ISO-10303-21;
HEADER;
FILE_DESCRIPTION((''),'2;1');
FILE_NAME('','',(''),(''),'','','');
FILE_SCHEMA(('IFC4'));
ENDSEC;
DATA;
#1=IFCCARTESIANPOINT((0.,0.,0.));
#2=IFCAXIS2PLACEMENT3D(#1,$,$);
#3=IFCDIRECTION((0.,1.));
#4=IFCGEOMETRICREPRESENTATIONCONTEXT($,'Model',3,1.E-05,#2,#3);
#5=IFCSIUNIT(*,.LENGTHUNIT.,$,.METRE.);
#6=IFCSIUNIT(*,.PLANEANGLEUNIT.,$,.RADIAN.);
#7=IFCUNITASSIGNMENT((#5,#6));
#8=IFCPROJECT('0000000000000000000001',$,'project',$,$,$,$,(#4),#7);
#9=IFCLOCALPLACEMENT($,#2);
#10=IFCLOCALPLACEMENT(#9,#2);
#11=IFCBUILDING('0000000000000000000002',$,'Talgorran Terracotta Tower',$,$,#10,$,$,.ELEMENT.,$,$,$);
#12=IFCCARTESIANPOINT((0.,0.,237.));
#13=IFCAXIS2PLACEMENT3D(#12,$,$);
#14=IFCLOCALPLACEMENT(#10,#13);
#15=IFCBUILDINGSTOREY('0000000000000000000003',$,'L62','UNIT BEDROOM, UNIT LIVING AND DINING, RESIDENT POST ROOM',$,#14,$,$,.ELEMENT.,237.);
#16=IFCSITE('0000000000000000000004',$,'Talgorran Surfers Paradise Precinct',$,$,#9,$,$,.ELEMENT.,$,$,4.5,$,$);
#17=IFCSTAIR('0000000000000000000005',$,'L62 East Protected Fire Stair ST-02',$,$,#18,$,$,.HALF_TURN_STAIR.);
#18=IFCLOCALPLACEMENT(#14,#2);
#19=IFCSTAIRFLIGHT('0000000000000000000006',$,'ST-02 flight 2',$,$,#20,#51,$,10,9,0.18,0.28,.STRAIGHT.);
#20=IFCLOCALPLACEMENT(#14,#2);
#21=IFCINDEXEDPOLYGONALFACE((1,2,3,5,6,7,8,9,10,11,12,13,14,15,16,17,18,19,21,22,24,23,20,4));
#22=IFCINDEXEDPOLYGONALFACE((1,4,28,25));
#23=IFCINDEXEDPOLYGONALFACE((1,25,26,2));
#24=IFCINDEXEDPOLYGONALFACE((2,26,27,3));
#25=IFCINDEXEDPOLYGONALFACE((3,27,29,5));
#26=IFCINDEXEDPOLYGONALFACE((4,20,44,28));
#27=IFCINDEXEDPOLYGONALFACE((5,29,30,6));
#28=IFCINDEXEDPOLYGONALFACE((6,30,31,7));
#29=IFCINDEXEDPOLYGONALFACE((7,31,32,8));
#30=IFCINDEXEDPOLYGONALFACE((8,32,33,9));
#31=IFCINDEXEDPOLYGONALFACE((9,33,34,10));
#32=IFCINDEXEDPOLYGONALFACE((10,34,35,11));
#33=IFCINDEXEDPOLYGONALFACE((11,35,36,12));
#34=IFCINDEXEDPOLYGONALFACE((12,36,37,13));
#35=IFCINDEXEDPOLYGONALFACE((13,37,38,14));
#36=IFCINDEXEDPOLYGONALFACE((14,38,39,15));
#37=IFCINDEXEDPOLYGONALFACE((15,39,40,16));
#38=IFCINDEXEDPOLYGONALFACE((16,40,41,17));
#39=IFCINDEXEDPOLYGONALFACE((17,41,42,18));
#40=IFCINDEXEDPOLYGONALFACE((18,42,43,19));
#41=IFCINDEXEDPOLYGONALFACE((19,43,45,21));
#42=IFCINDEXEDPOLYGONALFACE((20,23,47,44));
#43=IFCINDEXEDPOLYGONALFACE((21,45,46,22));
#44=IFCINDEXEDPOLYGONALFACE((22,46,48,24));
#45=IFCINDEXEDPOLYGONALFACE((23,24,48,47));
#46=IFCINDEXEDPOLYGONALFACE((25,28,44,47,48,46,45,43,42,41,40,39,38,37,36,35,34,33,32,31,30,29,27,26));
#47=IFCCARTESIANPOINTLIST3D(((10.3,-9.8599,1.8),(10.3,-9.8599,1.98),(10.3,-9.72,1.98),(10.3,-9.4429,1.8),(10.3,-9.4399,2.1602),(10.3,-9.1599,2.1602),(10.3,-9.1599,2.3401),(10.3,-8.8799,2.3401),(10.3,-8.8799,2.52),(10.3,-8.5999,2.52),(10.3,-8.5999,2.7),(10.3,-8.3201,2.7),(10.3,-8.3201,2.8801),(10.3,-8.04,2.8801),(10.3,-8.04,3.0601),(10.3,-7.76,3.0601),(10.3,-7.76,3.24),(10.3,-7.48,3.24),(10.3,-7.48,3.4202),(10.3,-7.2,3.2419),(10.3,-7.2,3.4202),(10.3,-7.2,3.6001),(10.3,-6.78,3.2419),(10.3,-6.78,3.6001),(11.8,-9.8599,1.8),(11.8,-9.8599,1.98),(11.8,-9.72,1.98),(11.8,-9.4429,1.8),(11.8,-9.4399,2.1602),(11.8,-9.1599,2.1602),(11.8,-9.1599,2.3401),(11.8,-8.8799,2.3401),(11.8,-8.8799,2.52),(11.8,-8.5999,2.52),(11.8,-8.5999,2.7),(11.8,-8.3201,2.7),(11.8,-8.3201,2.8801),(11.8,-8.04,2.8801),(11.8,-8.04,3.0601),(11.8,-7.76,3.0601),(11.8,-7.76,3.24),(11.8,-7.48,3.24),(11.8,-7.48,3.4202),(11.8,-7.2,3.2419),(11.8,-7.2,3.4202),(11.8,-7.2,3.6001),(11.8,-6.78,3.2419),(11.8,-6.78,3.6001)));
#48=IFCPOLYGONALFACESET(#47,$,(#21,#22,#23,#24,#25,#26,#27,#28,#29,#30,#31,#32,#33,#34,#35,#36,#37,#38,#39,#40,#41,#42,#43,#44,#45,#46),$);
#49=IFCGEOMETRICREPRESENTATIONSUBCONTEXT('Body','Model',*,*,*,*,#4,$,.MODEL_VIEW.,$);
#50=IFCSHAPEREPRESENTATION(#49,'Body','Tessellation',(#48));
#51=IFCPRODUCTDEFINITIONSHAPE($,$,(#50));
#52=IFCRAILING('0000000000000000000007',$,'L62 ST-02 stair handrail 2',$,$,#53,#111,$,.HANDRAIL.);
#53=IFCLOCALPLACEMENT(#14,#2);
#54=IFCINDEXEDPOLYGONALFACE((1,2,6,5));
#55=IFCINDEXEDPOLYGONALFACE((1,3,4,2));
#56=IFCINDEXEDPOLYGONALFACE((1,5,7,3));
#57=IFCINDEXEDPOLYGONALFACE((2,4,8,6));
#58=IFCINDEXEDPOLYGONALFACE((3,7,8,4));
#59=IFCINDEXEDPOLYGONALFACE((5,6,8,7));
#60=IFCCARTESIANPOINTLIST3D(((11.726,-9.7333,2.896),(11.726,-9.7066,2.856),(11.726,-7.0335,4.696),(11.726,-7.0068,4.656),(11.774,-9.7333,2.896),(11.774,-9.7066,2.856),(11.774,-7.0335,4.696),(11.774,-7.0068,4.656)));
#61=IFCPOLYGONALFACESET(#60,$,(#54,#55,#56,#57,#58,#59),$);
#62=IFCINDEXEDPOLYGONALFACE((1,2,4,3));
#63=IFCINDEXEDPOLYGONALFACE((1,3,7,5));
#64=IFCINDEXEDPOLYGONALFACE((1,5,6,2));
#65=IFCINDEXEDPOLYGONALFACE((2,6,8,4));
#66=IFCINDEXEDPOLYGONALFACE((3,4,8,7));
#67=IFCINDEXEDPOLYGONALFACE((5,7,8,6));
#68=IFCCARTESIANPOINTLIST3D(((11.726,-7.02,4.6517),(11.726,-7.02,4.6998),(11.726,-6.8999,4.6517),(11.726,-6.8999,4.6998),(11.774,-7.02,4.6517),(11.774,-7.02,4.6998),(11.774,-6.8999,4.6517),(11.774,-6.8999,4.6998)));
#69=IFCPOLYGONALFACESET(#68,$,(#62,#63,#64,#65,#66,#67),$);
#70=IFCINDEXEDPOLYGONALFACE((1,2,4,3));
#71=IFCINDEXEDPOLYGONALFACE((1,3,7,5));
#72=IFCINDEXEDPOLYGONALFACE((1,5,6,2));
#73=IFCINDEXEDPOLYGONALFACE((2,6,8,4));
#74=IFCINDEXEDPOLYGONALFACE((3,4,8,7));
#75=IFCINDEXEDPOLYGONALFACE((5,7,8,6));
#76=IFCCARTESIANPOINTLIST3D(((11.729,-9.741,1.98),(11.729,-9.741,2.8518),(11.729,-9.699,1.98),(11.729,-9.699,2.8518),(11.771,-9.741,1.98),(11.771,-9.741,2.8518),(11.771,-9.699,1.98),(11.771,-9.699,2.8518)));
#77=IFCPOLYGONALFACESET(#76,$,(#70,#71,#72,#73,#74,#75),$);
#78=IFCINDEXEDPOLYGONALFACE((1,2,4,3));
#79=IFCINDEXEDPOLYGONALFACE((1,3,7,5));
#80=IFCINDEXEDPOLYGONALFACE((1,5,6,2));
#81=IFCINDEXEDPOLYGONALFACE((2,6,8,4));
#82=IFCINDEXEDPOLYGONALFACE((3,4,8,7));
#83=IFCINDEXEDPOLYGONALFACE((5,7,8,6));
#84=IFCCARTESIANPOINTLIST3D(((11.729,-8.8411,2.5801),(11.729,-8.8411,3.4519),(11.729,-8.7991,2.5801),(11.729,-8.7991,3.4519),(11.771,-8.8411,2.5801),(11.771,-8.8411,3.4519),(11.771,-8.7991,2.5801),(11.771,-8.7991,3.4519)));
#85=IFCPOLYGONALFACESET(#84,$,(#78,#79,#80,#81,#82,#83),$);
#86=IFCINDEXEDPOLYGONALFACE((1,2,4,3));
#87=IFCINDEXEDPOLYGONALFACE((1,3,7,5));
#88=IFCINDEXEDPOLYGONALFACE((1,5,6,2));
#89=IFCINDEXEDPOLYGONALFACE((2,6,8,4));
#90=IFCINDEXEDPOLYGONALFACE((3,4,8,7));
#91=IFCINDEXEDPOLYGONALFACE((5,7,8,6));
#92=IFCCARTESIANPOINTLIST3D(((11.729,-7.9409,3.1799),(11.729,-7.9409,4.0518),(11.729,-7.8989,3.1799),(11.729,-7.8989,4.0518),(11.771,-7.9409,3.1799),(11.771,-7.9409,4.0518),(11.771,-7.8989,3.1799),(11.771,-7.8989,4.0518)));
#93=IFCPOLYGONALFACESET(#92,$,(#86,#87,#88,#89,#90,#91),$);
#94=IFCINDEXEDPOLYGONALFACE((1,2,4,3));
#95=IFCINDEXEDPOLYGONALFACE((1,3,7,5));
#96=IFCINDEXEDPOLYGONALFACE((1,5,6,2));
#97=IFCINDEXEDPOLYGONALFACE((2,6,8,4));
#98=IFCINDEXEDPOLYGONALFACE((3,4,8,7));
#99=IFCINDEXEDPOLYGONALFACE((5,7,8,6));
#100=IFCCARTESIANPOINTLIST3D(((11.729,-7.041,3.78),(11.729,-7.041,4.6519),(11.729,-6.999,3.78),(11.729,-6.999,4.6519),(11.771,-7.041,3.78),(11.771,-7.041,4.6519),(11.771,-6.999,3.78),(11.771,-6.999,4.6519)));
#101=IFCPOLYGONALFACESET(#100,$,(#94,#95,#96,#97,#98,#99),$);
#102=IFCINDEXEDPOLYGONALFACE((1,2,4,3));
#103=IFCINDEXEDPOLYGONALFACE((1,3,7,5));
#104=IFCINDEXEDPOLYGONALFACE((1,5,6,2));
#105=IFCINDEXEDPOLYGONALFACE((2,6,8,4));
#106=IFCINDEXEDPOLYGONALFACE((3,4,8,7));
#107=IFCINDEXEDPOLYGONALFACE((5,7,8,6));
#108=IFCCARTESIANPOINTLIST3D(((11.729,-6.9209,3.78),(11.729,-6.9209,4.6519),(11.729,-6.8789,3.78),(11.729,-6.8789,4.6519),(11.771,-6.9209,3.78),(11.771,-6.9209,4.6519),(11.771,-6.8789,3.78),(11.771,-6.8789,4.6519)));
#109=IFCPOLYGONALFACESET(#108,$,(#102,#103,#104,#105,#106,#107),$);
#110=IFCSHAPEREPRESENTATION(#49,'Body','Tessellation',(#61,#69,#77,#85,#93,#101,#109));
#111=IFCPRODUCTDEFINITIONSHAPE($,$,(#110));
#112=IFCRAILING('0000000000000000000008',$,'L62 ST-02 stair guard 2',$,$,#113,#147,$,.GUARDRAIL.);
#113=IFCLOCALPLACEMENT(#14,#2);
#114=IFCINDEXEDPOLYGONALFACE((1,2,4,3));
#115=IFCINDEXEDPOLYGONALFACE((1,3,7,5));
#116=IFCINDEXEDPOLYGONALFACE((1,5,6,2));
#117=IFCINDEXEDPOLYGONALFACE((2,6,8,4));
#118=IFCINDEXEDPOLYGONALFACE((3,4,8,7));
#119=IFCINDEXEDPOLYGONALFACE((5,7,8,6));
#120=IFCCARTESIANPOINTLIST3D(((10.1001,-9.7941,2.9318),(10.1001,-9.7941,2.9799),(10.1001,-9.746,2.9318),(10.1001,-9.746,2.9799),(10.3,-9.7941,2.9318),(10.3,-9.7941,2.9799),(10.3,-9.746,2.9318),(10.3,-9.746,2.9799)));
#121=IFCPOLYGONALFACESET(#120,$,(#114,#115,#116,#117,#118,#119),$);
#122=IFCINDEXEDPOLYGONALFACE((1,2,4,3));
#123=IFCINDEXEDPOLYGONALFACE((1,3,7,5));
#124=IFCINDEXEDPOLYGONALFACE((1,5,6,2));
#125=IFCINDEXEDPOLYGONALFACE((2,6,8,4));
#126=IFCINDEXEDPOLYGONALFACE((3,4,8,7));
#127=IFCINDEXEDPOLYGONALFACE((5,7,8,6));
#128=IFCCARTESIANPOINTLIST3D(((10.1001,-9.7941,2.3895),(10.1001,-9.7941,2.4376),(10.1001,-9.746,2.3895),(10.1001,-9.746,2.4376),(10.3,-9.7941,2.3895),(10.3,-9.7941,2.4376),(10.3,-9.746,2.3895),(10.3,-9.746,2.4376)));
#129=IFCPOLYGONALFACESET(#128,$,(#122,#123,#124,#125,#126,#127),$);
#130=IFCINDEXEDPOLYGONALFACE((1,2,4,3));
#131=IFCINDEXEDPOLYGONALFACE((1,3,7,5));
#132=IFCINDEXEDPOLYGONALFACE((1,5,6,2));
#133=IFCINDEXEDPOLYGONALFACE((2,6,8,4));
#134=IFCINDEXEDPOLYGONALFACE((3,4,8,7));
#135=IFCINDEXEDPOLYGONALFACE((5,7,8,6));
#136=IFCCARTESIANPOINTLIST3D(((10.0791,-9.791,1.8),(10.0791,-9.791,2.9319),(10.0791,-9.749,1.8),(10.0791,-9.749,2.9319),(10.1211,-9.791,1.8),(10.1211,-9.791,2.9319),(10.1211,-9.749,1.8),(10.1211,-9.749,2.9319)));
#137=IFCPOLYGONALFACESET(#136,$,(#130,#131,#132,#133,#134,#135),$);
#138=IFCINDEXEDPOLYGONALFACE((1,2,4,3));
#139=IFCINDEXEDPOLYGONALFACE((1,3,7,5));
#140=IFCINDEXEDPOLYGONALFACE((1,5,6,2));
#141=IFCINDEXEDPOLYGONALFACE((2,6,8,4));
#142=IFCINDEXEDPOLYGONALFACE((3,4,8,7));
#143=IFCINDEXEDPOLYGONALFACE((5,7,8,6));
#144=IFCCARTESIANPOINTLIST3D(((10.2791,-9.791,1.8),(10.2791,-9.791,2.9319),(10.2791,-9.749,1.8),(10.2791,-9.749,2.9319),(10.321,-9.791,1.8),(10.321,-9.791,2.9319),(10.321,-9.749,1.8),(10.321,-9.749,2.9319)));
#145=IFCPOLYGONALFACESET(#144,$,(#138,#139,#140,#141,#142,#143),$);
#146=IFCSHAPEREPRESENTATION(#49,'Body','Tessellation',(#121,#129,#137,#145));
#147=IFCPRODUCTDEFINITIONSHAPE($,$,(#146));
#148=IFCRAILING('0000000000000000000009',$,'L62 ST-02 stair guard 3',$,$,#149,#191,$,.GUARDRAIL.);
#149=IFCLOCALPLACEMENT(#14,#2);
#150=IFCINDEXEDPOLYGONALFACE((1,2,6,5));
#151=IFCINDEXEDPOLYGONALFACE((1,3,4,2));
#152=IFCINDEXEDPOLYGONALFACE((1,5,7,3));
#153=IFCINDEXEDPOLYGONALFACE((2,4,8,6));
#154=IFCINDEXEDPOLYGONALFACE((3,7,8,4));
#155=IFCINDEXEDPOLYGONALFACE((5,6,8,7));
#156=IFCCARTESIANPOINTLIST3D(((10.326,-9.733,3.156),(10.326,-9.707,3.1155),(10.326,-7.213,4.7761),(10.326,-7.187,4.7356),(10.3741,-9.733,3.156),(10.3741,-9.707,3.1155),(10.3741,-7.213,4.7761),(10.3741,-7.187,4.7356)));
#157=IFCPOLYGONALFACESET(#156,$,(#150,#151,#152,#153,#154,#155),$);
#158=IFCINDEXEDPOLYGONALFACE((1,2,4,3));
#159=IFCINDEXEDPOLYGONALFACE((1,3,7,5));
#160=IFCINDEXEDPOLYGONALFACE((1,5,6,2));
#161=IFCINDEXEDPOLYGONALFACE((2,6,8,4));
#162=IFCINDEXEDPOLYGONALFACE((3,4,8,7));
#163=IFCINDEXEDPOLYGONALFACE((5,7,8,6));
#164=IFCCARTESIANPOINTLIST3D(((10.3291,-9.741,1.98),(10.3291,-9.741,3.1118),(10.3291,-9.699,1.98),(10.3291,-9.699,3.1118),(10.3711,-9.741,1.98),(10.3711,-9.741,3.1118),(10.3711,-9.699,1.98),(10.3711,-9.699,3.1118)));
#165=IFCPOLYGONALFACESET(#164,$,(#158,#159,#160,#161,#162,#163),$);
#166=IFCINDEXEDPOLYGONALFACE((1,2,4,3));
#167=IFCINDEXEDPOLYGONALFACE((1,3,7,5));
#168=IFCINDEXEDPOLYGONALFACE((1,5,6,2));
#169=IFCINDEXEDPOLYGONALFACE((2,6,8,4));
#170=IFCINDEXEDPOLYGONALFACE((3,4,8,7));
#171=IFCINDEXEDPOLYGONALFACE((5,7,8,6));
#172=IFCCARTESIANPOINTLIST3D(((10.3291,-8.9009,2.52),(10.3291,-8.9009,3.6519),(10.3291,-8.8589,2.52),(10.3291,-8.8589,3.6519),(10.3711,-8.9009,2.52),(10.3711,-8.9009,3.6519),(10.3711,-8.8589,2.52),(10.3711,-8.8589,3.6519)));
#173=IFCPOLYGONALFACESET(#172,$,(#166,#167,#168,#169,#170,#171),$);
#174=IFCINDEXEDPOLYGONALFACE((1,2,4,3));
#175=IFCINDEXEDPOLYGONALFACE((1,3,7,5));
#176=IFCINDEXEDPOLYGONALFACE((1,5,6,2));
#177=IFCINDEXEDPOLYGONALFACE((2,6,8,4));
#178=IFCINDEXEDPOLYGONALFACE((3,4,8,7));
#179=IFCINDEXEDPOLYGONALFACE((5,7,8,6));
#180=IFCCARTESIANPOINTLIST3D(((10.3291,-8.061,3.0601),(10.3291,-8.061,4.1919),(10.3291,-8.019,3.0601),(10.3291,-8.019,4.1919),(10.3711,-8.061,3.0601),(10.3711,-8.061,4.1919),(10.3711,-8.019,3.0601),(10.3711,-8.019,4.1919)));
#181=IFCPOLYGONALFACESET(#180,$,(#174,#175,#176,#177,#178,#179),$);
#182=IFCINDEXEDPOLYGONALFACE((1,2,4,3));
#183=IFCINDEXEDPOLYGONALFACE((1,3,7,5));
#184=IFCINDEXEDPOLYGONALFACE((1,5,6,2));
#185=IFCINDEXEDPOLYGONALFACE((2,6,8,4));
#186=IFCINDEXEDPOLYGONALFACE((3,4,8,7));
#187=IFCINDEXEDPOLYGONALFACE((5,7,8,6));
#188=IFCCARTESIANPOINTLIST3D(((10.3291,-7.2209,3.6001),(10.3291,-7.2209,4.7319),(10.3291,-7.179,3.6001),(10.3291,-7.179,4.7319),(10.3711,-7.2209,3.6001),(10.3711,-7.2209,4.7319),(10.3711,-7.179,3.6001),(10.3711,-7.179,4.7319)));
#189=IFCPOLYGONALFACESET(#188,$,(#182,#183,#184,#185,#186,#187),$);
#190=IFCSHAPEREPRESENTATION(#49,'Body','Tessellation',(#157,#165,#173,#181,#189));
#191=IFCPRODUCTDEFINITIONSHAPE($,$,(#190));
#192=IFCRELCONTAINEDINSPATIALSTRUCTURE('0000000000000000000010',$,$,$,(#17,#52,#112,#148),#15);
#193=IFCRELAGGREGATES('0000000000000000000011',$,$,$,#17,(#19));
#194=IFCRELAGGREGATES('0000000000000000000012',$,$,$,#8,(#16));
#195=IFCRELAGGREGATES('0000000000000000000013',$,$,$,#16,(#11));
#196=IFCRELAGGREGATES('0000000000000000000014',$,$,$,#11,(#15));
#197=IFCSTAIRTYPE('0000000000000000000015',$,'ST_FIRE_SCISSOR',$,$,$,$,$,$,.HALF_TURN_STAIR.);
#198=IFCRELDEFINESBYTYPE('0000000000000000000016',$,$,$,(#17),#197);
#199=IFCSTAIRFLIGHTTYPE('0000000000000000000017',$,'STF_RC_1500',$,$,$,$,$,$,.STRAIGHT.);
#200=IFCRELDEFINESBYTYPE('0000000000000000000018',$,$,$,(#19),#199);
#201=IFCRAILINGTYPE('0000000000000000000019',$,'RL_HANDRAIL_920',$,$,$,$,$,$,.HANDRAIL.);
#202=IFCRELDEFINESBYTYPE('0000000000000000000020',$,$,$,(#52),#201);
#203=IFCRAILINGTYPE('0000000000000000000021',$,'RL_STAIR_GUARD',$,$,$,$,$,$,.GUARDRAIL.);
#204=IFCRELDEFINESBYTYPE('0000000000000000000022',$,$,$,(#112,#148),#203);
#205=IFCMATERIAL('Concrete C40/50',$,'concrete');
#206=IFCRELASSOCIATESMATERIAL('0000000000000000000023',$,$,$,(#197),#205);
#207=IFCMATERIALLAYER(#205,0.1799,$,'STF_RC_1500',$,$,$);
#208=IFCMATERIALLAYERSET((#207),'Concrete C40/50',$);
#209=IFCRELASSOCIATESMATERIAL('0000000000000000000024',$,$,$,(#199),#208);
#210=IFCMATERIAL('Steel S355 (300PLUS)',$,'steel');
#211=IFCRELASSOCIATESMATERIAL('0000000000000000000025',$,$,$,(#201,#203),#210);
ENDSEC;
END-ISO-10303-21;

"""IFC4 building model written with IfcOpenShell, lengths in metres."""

from ifc_helpers import new_model, si_unit, direction, frame, origin, origin_2d, place, context, subcontext, project, spatial, polyline, rectangle, outline, extrude, material, layer, layer_set, type_object, element, aggregate, save


model = new_model("IFC4")

# Units and contexts
model_context = context("Model", 3, precision=1e-05, world=origin(), true_north=direction((0.0, 1.0)))
body_context = subcontext(model_context, "Body", "Model", "MODEL_VIEW")
ifc_project = project(units=[si_unit("LENGTHUNIT", "METRE"), si_unit("PLANEANGLEUNIT", "RADIAN")], contexts=[model_context])

# Site, building, storey
site_placement = place(None, origin())
site = spatial("IfcSite", under=ifc_project, at=site_placement, Name="Talgorran Surfers Paradise Precinct", CompositionType="ELEMENT", RefElevation=4.5)
building_placement = place(site_placement, origin())
building = spatial("IfcBuilding", under=site, at=building_placement, Name="Talgorran Terracotta Tower", CompositionType="ELEMENT")
storey_placement = place(building_placement, frame((0.0, 0.0, 237.0)))
storey = spatial("IfcBuildingStorey", under=building, at=storey_placement, Name="L62", Description="UNIT BEDROOM, UNIT LIVING AND DINING, RESIDENT POST ROOM", CompositionType="ELEMENT", Elevation=237.0)

# Shared definitions
ifc_material_1 = material(Name="Steel S355 (300PLUS)", Category="steel")

# Stair, stair flight
ifc_material_2 = material(Name="Concrete C40/50", Category="concrete")
stair_type = type_object("IfcStairType", Name="ST_FIRE_SCISSOR", PredefinedType="HALF_TURN_STAIR", material=ifc_material_2)
stair_placement = place(storey_placement, origin())
stair = element("IfcStair", 1, at=stair_placement, inside=storey, type_object=stair_type, Name="L62 East Protected Fire Stair ST-02", PredefinedType="HALF_TURN_STAIR")
ifc_layer_1 = layer(ifc_material_2, 0.1799, Name="STF_RC_1500")
ifc_layer_set_1 = layer_set([ifc_layer_1], Name="Concrete C40/50")
stair_flight_type = type_object("IfcStairFlightType", Name="STF_RC_1500", PredefinedType="STRAIGHT", material=ifc_layer_set_1)
stair_flight_placement = place(storey_placement, frame((11.05, -9.72, 1.8), z_axis=(0.0, 0.0, 1.0), x_axis=(0.0, 1.0, 0.0)))
stair_flight = element("IfcStairFlight", 2, at=stair_flight_placement, type_object=stair_flight_type, Name="ST-02 flight 2", NumberOfRisers=10, NumberOfTreads=9, PredefinedType="STRAIGHT", RiserHeight=0.18, TreadLength=0.28, context=body_context, shape_type="SweptSolid", body=[
    extrude(outline(polyline([(-0.1399, 0.0), (-0.1399, 0.1799), (0.0, 0.1799), (0.28, 0.3601), (0.5601, 0.3601), (0.5601, 0.54), (0.8401, 0.54), (0.8401, 0.72), (1.1201, 0.72), (1.1201, 0.8999), (1.3999, 0.8999), (1.3999, 1.0801), (1.6799, 1.0801), (1.6799, 1.26), (1.96, 1.26), (1.96, 1.4399), (2.24, 1.4399), (2.24, 1.6201), (2.52, 1.6201), (2.52, 1.8), (2.9399, 1.8), (2.9399, 1.4419), (2.52, 1.4419), (0.2771, 0.0), (-0.1399, 0.0)])), frame((0.0, 0.75, 0.0), z_axis=(0.0, -1.0, 0.0), x_axis=(1.0, 0.0, 0.0)), (0.0, 0.0, 1.0), 1.5),
])
aggregate(stair, [stair_flight])

# Railings
railing_type_1 = type_object("IfcRailingType", Name="RL_HANDRAIL_920", PredefinedType="HANDRAIL", material=ifc_material_1)
railing_1_placement = place(storey_placement, frame((11.75, -9.72, 1.98)))
element("IfcRailing", 3, at=railing_1_placement, inside=storey, type_object=railing_type_1, Name="L62 ST-02 stair handrail 2", PredefinedType="HANDRAIL", context=body_context, shape_type="SweptSolid", body=[
    extrude(rectangle(XDim=0.0481, YDim=0.0481, at=origin_2d()), frame((0.0, 0.0, 0.896), z_axis=(0.0, 0.832039, 0.554718), x_axis=(-1.0, 0.0, 0.0)), (0.0, 0.0, 1.0), 3.2449),
    extrude(rectangle(XDim=0.0481, YDim=0.0481, at=origin_2d()), frame((0.0, 2.7, 2.6958), z_axis=(0.0, 1.0, 0.0), x_axis=(-1.0, 0.0, 0.0)), (0.0, 0.0, 1.0), 0.1201),
    extrude(rectangle(XDim=0.042, YDim=0.042, at=origin_2d()), origin(), (0.0, 0.0, 1.0), 0.8718),
    extrude(rectangle(XDim=0.042, YDim=0.042, at=origin_2d()), frame((0.0, 0.8999, 0.6001)), (0.0, 0.0, 1.0), 0.8718),
    extrude(rectangle(XDim=0.042, YDim=0.042, at=origin_2d()), frame((0.0, 1.8, 1.2)), (0.0, 0.0, 1.0), 0.8718),
    extrude(rectangle(XDim=0.042, YDim=0.042, at=origin_2d()), frame((0.0, 2.7, 1.8)), (0.0, 0.0, 1.0), 0.8718),
    extrude(rectangle(XDim=0.042, YDim=0.042, at=origin_2d()), frame((0.0, 2.8201, 1.8)), (0.0, 0.0, 1.0), 0.8718),
])
railing_type_2 = type_object("IfcRailingType", Name="RL_STAIR_GUARD", PredefinedType="GUARDRAIL", material=ifc_material_1)
railing_2_placement = place(storey_placement, frame((10.1001, -9.77, 1.8)))
element("IfcRailing", 4, at=railing_2_placement, inside=storey, type_object=railing_type_2, Name="L62 ST-02 stair guard 2", PredefinedType="GUARDRAIL", context=body_context, shape_type="SweptSolid", body=[
    extrude(rectangle(XDim=0.0481, YDim=0.0481, at=origin_2d()), frame((0.0, 0.0, 1.1558), z_axis=(1.0, 0.0, 0.0), x_axis=(0.0, 1.0, 0.0)), (0.0, 0.0, 1.0), 0.2),
    extrude(rectangle(XDim=0.0481, YDim=0.0481, at=origin_2d()), frame((0.0, 0.0, 0.6135), z_axis=(1.0, 0.0, 0.0), x_axis=(0.0, 1.0, 0.0)), (0.0, 0.0, 1.0), 0.2),
    extrude(rectangle(XDim=0.042, YDim=0.042, at=origin_2d()), origin(), (0.0, 0.0, 1.0), 1.1318),
    extrude(rectangle(XDim=0.042, YDim=0.042, at=origin_2d()), frame((0.2, 0.0, 0.0)), (0.0, 0.0, 1.0), 1.1318),
])
railing_3_placement = place(storey_placement, frame((10.3501, -9.72, 1.98)))
element("IfcRailing", 5, at=railing_3_placement, inside=storey, type_object=railing_type_2, Name="L62 ST-02 stair guard 3", PredefinedType="GUARDRAIL", context=body_context, shape_type="SweptSolid", body=[
    extrude(rectangle(XDim=0.0481, YDim=0.0481, at=origin_2d()), frame((0.0, 0.0, 1.1558), z_axis=(0.0, 0.841163, 0.540782), x_axis=(-1.0, 0.0, 0.0)), (0.0, 0.0, 1.0), 2.9958),
    extrude(rectangle(XDim=0.042, YDim=0.042, at=origin_2d()), origin(), (0.0, 0.0, 1.0), 1.1318),
    extrude(rectangle(XDim=0.042, YDim=0.042, at=origin_2d()), frame((0.0, 0.8401, 0.54)), (0.0, 0.0, 1.0), 1.1318),
    extrude(rectangle(XDim=0.042, YDim=0.042, at=origin_2d()), frame((0.0, 1.6799, 1.0801)), (0.0, 0.0, 1.0), 1.1318),
    extrude(rectangle(XDim=0.042, YDim=0.042, at=origin_2d()), frame((0.0, 2.52, 1.6201)), (0.0, 0.0, 1.0), 1.1318),
])

save(model, "model.ifc")
